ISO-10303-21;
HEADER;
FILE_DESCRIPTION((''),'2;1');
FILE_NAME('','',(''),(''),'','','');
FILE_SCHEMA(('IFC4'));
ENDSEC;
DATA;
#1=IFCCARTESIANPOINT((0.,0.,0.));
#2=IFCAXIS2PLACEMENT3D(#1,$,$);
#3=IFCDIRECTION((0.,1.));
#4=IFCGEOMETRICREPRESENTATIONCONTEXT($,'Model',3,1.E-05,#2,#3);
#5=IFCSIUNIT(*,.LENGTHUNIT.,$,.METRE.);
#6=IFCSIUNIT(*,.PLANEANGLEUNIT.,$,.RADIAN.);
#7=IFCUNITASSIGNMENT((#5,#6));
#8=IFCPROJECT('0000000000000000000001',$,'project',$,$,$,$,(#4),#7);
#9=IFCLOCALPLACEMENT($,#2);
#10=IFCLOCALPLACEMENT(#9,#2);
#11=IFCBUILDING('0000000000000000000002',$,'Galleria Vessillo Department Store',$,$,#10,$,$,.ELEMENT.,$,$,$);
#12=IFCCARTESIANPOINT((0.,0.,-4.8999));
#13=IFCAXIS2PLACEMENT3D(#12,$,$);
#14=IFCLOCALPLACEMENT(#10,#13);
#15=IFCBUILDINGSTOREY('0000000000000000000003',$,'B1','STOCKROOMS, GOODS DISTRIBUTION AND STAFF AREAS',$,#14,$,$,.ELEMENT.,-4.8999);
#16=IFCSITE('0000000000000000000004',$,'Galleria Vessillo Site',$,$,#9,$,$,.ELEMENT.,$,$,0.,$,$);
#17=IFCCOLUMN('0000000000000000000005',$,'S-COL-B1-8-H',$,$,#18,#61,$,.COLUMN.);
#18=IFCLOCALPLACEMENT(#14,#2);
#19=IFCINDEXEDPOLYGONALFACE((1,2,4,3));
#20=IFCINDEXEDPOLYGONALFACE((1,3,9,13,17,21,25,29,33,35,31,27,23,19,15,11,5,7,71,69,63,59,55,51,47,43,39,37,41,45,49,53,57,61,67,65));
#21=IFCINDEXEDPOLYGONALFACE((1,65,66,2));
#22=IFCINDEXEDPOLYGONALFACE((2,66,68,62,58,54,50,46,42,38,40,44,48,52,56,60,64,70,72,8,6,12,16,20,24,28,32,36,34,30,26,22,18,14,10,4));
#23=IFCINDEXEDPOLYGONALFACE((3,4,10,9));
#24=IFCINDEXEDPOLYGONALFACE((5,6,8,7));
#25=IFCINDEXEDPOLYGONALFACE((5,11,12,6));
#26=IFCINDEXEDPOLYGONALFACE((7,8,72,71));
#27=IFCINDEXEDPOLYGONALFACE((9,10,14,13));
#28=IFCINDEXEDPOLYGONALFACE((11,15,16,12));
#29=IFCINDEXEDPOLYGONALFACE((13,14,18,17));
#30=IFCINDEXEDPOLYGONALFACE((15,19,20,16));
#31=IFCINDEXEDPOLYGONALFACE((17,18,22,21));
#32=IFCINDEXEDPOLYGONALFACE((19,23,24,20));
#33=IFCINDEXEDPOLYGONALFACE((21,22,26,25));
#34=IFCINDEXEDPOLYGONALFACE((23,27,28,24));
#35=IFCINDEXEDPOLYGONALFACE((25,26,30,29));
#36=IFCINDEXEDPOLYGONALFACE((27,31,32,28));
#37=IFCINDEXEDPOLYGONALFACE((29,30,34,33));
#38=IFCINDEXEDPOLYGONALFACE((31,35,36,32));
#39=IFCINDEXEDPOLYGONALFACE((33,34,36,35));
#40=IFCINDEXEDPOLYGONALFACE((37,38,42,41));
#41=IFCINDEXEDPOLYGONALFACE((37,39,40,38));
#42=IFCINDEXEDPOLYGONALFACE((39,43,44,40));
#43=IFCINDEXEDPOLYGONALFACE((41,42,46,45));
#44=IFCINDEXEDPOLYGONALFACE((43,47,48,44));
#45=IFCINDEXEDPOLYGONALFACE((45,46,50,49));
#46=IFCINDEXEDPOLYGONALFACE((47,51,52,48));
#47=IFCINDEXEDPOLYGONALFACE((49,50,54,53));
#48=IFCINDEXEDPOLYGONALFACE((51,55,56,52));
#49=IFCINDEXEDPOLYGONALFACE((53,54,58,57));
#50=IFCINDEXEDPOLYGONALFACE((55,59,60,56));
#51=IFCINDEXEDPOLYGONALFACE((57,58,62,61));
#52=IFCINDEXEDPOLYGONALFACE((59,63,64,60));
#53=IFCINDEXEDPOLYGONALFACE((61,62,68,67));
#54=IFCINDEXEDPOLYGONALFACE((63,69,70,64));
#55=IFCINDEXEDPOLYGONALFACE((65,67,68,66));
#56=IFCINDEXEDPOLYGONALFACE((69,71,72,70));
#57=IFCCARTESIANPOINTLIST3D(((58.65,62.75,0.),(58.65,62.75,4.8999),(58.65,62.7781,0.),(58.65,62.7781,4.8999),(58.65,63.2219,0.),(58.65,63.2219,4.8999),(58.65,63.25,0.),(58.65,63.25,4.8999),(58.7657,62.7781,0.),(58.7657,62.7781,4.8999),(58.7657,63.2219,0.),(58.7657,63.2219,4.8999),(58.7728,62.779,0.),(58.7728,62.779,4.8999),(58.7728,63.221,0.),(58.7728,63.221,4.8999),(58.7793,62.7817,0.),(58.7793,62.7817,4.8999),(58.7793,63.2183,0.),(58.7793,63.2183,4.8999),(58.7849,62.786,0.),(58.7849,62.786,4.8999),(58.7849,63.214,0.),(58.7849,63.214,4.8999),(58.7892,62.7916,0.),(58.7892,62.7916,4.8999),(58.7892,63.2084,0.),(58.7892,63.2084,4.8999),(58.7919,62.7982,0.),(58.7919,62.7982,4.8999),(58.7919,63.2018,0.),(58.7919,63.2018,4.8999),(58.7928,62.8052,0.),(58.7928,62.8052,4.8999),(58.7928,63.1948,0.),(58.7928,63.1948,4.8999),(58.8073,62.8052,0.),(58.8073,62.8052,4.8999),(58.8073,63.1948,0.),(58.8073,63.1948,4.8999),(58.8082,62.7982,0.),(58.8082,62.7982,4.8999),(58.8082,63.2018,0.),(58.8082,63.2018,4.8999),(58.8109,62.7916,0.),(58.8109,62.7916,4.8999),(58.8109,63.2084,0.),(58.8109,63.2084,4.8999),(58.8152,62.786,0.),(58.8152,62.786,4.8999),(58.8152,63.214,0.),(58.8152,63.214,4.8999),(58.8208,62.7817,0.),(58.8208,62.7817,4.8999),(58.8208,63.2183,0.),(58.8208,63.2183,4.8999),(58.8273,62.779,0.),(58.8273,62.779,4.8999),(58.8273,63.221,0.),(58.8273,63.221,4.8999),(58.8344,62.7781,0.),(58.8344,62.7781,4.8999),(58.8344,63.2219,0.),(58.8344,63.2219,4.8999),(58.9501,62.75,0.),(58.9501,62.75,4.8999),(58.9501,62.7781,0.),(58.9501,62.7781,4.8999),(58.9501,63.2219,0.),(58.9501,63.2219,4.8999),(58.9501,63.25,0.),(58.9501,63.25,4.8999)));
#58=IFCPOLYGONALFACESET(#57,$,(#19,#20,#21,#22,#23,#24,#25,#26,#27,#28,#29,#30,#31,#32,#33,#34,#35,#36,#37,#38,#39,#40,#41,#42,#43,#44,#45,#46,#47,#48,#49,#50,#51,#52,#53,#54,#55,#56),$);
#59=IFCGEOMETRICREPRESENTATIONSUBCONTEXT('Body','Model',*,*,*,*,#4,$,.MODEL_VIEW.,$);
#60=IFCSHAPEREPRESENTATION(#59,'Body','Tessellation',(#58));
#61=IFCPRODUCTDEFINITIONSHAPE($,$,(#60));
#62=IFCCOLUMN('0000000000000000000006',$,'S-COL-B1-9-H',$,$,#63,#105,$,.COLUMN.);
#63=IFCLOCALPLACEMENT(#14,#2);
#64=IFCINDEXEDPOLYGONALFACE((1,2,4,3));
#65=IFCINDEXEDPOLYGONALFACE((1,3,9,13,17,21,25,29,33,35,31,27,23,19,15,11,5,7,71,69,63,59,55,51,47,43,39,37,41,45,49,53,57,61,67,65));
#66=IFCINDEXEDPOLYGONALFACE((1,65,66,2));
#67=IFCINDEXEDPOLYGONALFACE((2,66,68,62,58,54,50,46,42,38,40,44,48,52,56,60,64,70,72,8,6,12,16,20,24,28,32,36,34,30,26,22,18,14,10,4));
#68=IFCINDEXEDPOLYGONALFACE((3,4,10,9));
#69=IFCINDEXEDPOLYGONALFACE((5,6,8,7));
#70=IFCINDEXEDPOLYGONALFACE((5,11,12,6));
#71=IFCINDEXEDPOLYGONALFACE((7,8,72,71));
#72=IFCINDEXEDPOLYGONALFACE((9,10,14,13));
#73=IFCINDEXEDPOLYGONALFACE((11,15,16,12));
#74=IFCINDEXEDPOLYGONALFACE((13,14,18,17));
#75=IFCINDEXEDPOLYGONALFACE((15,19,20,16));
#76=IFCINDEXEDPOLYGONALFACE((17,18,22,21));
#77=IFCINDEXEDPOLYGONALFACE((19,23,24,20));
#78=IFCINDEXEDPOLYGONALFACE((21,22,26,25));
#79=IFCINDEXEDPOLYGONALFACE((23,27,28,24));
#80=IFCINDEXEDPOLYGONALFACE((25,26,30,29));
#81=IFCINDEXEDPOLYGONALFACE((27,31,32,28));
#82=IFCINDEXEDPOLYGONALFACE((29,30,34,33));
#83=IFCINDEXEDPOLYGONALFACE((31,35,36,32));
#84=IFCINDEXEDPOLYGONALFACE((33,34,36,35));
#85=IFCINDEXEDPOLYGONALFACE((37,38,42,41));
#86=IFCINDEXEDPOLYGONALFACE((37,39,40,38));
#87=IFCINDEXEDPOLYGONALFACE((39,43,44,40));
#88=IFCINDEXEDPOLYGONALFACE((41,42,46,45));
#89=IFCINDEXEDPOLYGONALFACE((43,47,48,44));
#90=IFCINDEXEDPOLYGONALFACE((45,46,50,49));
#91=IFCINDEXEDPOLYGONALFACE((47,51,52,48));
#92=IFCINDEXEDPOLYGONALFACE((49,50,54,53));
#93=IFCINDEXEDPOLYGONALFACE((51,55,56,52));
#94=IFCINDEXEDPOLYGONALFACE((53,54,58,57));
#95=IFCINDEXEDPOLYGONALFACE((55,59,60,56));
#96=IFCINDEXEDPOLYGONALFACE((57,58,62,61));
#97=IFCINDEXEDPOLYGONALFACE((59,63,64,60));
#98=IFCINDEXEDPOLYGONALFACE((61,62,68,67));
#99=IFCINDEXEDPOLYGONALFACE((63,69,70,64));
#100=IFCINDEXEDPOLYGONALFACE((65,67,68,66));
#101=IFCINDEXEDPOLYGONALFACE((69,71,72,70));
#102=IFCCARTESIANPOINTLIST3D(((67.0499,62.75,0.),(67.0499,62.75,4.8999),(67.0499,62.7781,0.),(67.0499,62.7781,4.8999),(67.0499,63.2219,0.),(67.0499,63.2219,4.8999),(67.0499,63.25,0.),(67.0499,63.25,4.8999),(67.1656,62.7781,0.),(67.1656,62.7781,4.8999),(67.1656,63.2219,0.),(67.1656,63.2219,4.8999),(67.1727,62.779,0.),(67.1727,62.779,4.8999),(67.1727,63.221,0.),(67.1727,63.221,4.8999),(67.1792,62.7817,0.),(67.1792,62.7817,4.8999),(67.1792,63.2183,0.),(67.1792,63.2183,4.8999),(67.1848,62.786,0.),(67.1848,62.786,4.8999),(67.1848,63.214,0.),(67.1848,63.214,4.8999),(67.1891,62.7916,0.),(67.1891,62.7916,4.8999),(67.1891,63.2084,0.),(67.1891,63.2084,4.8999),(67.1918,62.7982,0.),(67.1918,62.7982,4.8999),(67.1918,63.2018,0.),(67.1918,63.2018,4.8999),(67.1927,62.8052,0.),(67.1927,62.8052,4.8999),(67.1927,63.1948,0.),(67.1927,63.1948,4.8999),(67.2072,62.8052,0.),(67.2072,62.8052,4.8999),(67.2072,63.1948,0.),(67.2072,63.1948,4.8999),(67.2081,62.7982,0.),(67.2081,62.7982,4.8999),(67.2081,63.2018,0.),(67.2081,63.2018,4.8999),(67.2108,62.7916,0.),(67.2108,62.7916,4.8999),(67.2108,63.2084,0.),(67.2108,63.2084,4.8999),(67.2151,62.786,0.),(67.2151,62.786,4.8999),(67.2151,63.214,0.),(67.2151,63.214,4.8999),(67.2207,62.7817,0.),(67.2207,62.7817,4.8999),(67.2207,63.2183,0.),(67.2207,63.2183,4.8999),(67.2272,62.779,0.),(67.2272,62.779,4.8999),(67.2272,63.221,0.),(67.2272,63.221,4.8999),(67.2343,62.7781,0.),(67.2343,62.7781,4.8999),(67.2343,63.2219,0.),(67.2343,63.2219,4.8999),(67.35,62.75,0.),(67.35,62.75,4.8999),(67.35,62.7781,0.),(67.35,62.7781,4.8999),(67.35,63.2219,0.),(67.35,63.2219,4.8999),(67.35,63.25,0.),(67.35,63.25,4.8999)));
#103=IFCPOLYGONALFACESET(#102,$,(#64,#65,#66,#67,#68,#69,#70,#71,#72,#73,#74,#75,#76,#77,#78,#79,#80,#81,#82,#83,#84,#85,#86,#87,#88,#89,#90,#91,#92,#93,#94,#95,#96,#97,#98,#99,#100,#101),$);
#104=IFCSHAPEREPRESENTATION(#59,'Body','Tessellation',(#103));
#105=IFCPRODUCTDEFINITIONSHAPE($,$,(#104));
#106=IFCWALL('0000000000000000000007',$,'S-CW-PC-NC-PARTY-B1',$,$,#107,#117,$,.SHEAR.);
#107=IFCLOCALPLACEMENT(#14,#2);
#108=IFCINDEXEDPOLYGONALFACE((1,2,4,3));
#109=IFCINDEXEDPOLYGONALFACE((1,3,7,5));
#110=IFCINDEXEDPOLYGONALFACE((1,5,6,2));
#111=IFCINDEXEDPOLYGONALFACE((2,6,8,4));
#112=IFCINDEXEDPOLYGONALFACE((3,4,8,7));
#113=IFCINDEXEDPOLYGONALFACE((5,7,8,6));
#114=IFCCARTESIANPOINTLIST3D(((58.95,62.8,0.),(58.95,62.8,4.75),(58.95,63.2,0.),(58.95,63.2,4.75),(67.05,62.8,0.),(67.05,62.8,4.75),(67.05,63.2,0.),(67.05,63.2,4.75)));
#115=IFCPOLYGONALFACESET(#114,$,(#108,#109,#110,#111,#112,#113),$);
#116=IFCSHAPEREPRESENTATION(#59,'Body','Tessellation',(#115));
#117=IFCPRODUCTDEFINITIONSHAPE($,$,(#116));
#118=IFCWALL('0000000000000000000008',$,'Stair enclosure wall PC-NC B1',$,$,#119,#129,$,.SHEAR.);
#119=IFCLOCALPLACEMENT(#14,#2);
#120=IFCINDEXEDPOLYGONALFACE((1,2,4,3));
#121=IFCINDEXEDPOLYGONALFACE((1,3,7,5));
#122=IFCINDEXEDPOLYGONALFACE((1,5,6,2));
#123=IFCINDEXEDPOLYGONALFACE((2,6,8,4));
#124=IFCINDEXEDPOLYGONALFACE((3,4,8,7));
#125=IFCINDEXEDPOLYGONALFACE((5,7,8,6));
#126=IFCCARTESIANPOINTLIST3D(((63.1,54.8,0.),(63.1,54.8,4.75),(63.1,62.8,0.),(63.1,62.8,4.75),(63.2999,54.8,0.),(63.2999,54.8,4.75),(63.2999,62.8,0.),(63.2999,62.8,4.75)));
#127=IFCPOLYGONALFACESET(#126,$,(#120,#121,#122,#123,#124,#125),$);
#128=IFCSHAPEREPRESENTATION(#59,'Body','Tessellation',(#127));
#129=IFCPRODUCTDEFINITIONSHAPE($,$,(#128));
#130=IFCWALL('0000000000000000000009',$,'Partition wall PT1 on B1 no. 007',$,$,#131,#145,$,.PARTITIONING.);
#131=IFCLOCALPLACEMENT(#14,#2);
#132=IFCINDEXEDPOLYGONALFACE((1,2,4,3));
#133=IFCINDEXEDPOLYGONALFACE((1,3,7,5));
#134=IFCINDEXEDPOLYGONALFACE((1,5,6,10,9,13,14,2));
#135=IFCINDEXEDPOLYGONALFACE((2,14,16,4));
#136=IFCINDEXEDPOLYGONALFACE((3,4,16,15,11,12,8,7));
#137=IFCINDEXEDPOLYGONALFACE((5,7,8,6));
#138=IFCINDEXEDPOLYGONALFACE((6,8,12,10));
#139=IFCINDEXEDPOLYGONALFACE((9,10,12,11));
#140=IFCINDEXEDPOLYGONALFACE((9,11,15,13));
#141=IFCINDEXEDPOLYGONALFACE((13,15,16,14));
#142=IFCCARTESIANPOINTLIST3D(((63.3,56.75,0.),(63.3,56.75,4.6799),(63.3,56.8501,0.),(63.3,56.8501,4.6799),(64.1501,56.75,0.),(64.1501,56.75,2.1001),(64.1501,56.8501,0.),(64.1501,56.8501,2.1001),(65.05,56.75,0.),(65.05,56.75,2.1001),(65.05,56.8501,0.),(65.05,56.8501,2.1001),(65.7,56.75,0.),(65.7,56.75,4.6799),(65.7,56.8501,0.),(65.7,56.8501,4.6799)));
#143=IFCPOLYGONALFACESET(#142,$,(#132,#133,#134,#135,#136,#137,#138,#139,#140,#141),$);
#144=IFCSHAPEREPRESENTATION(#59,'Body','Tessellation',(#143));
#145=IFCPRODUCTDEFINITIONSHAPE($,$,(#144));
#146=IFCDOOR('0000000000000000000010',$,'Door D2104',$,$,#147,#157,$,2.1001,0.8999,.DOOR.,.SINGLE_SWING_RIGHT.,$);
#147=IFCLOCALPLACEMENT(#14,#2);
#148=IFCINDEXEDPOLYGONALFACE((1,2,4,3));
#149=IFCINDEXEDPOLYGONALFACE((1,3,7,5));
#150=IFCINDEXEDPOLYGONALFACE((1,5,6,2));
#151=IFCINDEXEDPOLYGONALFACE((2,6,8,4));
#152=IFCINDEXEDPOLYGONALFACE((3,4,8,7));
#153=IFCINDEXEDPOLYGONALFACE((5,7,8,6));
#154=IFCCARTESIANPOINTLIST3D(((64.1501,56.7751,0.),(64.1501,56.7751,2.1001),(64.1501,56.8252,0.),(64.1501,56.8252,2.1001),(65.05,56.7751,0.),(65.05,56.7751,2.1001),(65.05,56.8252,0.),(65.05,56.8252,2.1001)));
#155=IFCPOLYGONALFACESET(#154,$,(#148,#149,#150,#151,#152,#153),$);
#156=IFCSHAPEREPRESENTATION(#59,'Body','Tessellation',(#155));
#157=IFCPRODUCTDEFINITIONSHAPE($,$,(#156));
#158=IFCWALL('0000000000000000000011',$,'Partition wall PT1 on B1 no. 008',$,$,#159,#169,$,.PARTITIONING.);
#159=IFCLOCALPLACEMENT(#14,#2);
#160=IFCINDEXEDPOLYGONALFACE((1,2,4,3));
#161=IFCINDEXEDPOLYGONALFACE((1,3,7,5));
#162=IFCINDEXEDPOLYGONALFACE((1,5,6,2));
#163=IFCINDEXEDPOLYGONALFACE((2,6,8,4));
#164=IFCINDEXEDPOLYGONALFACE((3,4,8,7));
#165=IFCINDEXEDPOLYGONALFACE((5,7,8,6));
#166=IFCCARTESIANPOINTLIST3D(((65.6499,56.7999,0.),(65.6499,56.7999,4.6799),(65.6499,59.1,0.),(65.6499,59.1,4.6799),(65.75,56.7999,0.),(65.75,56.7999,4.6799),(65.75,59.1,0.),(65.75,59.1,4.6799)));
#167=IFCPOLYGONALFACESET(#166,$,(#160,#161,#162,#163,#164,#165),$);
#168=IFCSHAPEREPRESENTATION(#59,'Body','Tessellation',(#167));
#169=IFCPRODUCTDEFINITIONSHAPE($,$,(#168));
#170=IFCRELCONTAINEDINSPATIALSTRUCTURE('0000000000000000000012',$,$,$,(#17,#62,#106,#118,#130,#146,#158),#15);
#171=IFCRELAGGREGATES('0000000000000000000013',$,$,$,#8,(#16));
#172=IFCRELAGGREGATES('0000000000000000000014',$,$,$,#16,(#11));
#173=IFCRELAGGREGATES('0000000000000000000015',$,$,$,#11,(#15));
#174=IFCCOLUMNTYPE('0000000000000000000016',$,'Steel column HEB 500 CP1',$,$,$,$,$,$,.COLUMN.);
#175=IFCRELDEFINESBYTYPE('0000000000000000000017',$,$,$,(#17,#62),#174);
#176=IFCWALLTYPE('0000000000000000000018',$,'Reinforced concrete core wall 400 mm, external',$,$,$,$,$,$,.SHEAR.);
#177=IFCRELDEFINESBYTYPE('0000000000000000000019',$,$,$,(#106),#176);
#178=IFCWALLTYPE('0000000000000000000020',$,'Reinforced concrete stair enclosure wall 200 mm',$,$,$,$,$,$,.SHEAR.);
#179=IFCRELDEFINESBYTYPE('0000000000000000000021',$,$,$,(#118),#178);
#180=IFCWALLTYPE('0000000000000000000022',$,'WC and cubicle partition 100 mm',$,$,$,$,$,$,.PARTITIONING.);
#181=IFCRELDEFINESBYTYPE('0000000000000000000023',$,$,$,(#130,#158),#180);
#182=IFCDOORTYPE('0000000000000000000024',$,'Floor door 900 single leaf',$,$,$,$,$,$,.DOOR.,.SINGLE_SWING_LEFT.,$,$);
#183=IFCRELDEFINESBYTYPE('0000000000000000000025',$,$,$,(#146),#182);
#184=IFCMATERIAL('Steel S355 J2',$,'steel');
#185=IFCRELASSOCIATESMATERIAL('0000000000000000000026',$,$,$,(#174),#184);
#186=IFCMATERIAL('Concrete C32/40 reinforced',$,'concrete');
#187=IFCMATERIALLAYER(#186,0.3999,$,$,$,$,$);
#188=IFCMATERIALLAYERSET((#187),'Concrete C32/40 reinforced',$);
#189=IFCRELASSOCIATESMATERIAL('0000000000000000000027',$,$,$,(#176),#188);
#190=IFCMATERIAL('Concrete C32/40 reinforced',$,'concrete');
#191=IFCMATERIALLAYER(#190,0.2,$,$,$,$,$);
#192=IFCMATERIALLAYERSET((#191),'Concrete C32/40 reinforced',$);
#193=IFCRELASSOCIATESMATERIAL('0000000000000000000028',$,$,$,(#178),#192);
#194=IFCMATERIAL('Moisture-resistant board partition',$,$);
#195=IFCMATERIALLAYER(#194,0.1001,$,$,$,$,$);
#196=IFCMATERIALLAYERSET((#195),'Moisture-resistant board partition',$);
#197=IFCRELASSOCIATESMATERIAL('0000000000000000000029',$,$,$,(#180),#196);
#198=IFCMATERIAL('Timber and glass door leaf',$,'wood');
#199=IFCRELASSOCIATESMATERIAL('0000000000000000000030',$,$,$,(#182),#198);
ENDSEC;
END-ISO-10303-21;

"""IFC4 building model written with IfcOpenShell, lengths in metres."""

from ifc_helpers import new_model, si_unit, direction, frame, frame_2d, origin, origin_2d, place, context, subcontext, project, spatial, rectangle, i_section, extrude, material, layer, layer_set, material_profile, profile_set, type_object, element, fill, save


model = new_model("IFC4")

# Units and contexts
model_context = context("Model", 3, precision=1e-05, world=origin(), true_north=direction((0.0, 1.0)))
body_context = subcontext(model_context, "Body", "Model", "MODEL_VIEW")
ifc_project = project(units=[si_unit("LENGTHUNIT", "METRE"), si_unit("PLANEANGLEUNIT", "RADIAN")], contexts=[model_context])

# Site, building, storey
site_placement = place(None, origin())
site = spatial("IfcSite", under=ifc_project, at=site_placement, Name="Galleria Vessillo Site", CompositionType="ELEMENT", RefElevation=0.0)
building_placement = place(site_placement, origin())
building = spatial("IfcBuilding", under=site, at=building_placement, Name="Galleria Vessillo Department Store", CompositionType="ELEMENT")
storey_placement = place(building_placement, frame((0.0, 0.0, -4.8999)))
storey = spatial("IfcBuildingStorey", under=building, at=storey_placement, Name="B1", Description="STOCKROOMS, GOODS DISTRIBUTION AND STAFF AREAS", CompositionType="ELEMENT", Elevation=-4.8999)

# Columns
ifc_material_1 = material(Name="Steel S355 J2", Category="steel")
ifc_material_profile = material_profile(ifc_material_1, i_section(OverallWidth=0.3, OverallDepth=0.5, WebThickness=0.0144, FlangeThickness=0.0281, FilletRadius=0.0271, at=origin_2d()), Name="HEB 500")
ifc_profile_set = profile_set([ifc_material_profile], Name="Steel S355 J2")
column_type = type_object("IfcColumnType", Name="Steel column HEB 500 CP1", PredefinedType="COLUMN", material=ifc_profile_set)
for number, where, z_axis, x_axis, name in (
    (1, (58.8, 63.0, 0.0), (0.0, 0.0, 1.0), (1.0, 0.0, 0.0), "S-COL-B1-8-H"),
    (2, (67.2, 63.0, 0.0), (0.0, 0.0, 1.0), (1.0, 0.0, 0.0), "S-COL-B1-9-H"),
):
    element("IfcColumn", number, at=place(storey_placement, frame(where, z_axis=z_axis, x_axis=x_axis)), inside=storey, type_object=column_type, Name=name, PredefinedType="COLUMN", context=body_context, shape_type="SweptSolid", body=[
        extrude(i_section(OverallWidth=0.3, OverallDepth=0.5, WebThickness=0.0144, FlangeThickness=0.0281, FilletRadius=0.0271, at=origin_2d()), origin(), (0.0, 0.0, 1.0), 4.8999),
    ])

# Walls
ifc_material_2 = material(Name="Concrete C32/40 reinforced", Category="concrete")
ifc_layer_1 = layer(ifc_material_2, 0.3999)
ifc_layer_set_1 = layer_set([ifc_layer_1], Name="Concrete C32/40 reinforced")
wall_type_1 = type_object("IfcWallType", Name="Reinforced concrete core wall 400 mm, external", PredefinedType="SHEAR", material=ifc_layer_set_1)
wall_1_placement = place(storey_placement, frame((58.95, 63.0, 0.0), z_axis=(0.0, 0.0, 1.0), x_axis=(1.0, 0.0, 0.0)))
element("IfcWall", 3, at=wall_1_placement, inside=storey, type_object=wall_type_1, Name="S-CW-PC-NC-PARTY-B1", PredefinedType="SHEAR", context=body_context, shape_type="SweptSolid", body=[
    extrude(rectangle(XDim=8.1001, YDim=0.3999, at=frame_2d((4.05, 0.0))), origin(), (0.0, 0.0, 1.0), 4.75),
])
ifc_material_3 = material(Name="Concrete C32/40 reinforced", Category="concrete")
ifc_layer_2 = layer(ifc_material_3, 0.2)
ifc_layer_set_2 = layer_set([ifc_layer_2], Name="Concrete C32/40 reinforced")
wall_type_2 = type_object("IfcWallType", Name="Reinforced concrete stair enclosure wall 200 mm", PredefinedType="SHEAR", material=ifc_layer_set_2)
wall_2_placement = place(storey_placement, frame((63.2, 62.8, 0.0), z_axis=(0.0, 0.0, 1.0), x_axis=(0.0, -1.0, 0.0)))
element("IfcWall", 4, at=wall_2_placement, inside=storey, type_object=wall_type_2, Name="Stair enclosure wall PC-NC B1", PredefinedType="SHEAR", context=body_context, shape_type="SweptSolid", body=[
    extrude(rectangle(XDim=8.0, YDim=0.2, at=frame_2d((4.0, 0.0))), origin(), (0.0, 0.0, 1.0), 4.75),
])

# Wall, opening, door
ifc_material_4 = material(Name="Moisture-resistant board partition")
ifc_layer_3 = layer(ifc_material_4, 0.1001)
ifc_layer_set_3 = layer_set([ifc_layer_3], Name="Moisture-resistant board partition")
wall_type_3 = type_object("IfcWallType", Name="WC and cubicle partition 100 mm", PredefinedType="PARTITIONING", material=ifc_layer_set_3)
wall_3_placement = place(storey_placement, frame((63.3, 56.8, 0.0), z_axis=(0.0, 0.0, 1.0), x_axis=(1.0, 0.0, 0.0)))
wall_3 = element("IfcWall", 5, at=wall_3_placement, inside=storey, type_object=wall_type_3, Name="Partition wall PT1 on B1 no. 007", PredefinedType="PARTITIONING", context=body_context, shape_type="SweptSolid", body=[
    extrude(rectangle(XDim=2.3999, YDim=0.1001, at=frame_2d((1.2, 0.0))), origin(), (0.0, 0.0, 1.0), 4.6799),
])
opening_1_placement = place(wall_3_placement, frame((0.8501, 0.0, 0.0)))
opening_1 = element("IfcOpeningElement", 6, at=opening_1_placement, cuts=wall_3, PredefinedType="OPENING", context=body_context, shape_type="SweptSolid", body=[
    extrude(rectangle(XDim=0.8999, YDim=2.1001, at=frame_2d((0.45, 1.05))), frame((0.0, 0.0601, 0.0), z_axis=(0.0, -1.0, 0.0), x_axis=(1.0, 0.0, 0.0)), (0.0, 0.0, 1.0), 0.1201),
])
ifc_material_5 = material(Name="Timber and glass door leaf", Category="wood")
door_type_1 = type_object("IfcDoorType", Name="Floor door 900 single leaf", OperationType="SINGLE_SWING_LEFT", PredefinedType="DOOR", material=ifc_material_5)
door_1_placement = place(opening_1_placement, frame((0.8999, 0.0, 0.0), z_axis=(0.0, 0.0, 1.0), x_axis=(-1.0, 0.0, 0.0)))
door_1 = element("IfcDoor", 7, at=door_1_placement, inside=storey, type_object=door_type_1, Name="Door D2104", OperationType="SINGLE_SWING_RIGHT", OverallHeight=2.1001, OverallWidth=0.8999, PredefinedType="DOOR", context=body_context, shape_type="SweptSolid", body=[
    extrude(rectangle(XDim=0.8999, YDim=2.1001, at=frame_2d((0.45, 1.05))), frame((0.0, 0.0249, 0.0), z_axis=(0.0, -1.0, 0.0), x_axis=(1.0, 0.0, 0.0)), (0.0, 0.0, 1.0), 0.05),
])
fill(opening_1, door_1)

# Wall
wall_4_placement = place(storey_placement, frame((65.7, 56.8, 0.0), z_axis=(0.0, 0.0, 1.0), x_axis=(0.0, 1.0, 0.0)))
element("IfcWall", 8, at=wall_4_placement, inside=storey, type_object=wall_type_3, Name="Partition wall PT1 on B1 no. 008", PredefinedType="PARTITIONING", context=body_context, shape_type="SweptSolid", body=[
    extrude(rectangle(XDim=2.3, YDim=0.1001, at=frame_2d((1.1499, 0.0))), origin(), (0.0, 0.0, 1.0), 4.6799),
])

save(model, "model.ifc")
